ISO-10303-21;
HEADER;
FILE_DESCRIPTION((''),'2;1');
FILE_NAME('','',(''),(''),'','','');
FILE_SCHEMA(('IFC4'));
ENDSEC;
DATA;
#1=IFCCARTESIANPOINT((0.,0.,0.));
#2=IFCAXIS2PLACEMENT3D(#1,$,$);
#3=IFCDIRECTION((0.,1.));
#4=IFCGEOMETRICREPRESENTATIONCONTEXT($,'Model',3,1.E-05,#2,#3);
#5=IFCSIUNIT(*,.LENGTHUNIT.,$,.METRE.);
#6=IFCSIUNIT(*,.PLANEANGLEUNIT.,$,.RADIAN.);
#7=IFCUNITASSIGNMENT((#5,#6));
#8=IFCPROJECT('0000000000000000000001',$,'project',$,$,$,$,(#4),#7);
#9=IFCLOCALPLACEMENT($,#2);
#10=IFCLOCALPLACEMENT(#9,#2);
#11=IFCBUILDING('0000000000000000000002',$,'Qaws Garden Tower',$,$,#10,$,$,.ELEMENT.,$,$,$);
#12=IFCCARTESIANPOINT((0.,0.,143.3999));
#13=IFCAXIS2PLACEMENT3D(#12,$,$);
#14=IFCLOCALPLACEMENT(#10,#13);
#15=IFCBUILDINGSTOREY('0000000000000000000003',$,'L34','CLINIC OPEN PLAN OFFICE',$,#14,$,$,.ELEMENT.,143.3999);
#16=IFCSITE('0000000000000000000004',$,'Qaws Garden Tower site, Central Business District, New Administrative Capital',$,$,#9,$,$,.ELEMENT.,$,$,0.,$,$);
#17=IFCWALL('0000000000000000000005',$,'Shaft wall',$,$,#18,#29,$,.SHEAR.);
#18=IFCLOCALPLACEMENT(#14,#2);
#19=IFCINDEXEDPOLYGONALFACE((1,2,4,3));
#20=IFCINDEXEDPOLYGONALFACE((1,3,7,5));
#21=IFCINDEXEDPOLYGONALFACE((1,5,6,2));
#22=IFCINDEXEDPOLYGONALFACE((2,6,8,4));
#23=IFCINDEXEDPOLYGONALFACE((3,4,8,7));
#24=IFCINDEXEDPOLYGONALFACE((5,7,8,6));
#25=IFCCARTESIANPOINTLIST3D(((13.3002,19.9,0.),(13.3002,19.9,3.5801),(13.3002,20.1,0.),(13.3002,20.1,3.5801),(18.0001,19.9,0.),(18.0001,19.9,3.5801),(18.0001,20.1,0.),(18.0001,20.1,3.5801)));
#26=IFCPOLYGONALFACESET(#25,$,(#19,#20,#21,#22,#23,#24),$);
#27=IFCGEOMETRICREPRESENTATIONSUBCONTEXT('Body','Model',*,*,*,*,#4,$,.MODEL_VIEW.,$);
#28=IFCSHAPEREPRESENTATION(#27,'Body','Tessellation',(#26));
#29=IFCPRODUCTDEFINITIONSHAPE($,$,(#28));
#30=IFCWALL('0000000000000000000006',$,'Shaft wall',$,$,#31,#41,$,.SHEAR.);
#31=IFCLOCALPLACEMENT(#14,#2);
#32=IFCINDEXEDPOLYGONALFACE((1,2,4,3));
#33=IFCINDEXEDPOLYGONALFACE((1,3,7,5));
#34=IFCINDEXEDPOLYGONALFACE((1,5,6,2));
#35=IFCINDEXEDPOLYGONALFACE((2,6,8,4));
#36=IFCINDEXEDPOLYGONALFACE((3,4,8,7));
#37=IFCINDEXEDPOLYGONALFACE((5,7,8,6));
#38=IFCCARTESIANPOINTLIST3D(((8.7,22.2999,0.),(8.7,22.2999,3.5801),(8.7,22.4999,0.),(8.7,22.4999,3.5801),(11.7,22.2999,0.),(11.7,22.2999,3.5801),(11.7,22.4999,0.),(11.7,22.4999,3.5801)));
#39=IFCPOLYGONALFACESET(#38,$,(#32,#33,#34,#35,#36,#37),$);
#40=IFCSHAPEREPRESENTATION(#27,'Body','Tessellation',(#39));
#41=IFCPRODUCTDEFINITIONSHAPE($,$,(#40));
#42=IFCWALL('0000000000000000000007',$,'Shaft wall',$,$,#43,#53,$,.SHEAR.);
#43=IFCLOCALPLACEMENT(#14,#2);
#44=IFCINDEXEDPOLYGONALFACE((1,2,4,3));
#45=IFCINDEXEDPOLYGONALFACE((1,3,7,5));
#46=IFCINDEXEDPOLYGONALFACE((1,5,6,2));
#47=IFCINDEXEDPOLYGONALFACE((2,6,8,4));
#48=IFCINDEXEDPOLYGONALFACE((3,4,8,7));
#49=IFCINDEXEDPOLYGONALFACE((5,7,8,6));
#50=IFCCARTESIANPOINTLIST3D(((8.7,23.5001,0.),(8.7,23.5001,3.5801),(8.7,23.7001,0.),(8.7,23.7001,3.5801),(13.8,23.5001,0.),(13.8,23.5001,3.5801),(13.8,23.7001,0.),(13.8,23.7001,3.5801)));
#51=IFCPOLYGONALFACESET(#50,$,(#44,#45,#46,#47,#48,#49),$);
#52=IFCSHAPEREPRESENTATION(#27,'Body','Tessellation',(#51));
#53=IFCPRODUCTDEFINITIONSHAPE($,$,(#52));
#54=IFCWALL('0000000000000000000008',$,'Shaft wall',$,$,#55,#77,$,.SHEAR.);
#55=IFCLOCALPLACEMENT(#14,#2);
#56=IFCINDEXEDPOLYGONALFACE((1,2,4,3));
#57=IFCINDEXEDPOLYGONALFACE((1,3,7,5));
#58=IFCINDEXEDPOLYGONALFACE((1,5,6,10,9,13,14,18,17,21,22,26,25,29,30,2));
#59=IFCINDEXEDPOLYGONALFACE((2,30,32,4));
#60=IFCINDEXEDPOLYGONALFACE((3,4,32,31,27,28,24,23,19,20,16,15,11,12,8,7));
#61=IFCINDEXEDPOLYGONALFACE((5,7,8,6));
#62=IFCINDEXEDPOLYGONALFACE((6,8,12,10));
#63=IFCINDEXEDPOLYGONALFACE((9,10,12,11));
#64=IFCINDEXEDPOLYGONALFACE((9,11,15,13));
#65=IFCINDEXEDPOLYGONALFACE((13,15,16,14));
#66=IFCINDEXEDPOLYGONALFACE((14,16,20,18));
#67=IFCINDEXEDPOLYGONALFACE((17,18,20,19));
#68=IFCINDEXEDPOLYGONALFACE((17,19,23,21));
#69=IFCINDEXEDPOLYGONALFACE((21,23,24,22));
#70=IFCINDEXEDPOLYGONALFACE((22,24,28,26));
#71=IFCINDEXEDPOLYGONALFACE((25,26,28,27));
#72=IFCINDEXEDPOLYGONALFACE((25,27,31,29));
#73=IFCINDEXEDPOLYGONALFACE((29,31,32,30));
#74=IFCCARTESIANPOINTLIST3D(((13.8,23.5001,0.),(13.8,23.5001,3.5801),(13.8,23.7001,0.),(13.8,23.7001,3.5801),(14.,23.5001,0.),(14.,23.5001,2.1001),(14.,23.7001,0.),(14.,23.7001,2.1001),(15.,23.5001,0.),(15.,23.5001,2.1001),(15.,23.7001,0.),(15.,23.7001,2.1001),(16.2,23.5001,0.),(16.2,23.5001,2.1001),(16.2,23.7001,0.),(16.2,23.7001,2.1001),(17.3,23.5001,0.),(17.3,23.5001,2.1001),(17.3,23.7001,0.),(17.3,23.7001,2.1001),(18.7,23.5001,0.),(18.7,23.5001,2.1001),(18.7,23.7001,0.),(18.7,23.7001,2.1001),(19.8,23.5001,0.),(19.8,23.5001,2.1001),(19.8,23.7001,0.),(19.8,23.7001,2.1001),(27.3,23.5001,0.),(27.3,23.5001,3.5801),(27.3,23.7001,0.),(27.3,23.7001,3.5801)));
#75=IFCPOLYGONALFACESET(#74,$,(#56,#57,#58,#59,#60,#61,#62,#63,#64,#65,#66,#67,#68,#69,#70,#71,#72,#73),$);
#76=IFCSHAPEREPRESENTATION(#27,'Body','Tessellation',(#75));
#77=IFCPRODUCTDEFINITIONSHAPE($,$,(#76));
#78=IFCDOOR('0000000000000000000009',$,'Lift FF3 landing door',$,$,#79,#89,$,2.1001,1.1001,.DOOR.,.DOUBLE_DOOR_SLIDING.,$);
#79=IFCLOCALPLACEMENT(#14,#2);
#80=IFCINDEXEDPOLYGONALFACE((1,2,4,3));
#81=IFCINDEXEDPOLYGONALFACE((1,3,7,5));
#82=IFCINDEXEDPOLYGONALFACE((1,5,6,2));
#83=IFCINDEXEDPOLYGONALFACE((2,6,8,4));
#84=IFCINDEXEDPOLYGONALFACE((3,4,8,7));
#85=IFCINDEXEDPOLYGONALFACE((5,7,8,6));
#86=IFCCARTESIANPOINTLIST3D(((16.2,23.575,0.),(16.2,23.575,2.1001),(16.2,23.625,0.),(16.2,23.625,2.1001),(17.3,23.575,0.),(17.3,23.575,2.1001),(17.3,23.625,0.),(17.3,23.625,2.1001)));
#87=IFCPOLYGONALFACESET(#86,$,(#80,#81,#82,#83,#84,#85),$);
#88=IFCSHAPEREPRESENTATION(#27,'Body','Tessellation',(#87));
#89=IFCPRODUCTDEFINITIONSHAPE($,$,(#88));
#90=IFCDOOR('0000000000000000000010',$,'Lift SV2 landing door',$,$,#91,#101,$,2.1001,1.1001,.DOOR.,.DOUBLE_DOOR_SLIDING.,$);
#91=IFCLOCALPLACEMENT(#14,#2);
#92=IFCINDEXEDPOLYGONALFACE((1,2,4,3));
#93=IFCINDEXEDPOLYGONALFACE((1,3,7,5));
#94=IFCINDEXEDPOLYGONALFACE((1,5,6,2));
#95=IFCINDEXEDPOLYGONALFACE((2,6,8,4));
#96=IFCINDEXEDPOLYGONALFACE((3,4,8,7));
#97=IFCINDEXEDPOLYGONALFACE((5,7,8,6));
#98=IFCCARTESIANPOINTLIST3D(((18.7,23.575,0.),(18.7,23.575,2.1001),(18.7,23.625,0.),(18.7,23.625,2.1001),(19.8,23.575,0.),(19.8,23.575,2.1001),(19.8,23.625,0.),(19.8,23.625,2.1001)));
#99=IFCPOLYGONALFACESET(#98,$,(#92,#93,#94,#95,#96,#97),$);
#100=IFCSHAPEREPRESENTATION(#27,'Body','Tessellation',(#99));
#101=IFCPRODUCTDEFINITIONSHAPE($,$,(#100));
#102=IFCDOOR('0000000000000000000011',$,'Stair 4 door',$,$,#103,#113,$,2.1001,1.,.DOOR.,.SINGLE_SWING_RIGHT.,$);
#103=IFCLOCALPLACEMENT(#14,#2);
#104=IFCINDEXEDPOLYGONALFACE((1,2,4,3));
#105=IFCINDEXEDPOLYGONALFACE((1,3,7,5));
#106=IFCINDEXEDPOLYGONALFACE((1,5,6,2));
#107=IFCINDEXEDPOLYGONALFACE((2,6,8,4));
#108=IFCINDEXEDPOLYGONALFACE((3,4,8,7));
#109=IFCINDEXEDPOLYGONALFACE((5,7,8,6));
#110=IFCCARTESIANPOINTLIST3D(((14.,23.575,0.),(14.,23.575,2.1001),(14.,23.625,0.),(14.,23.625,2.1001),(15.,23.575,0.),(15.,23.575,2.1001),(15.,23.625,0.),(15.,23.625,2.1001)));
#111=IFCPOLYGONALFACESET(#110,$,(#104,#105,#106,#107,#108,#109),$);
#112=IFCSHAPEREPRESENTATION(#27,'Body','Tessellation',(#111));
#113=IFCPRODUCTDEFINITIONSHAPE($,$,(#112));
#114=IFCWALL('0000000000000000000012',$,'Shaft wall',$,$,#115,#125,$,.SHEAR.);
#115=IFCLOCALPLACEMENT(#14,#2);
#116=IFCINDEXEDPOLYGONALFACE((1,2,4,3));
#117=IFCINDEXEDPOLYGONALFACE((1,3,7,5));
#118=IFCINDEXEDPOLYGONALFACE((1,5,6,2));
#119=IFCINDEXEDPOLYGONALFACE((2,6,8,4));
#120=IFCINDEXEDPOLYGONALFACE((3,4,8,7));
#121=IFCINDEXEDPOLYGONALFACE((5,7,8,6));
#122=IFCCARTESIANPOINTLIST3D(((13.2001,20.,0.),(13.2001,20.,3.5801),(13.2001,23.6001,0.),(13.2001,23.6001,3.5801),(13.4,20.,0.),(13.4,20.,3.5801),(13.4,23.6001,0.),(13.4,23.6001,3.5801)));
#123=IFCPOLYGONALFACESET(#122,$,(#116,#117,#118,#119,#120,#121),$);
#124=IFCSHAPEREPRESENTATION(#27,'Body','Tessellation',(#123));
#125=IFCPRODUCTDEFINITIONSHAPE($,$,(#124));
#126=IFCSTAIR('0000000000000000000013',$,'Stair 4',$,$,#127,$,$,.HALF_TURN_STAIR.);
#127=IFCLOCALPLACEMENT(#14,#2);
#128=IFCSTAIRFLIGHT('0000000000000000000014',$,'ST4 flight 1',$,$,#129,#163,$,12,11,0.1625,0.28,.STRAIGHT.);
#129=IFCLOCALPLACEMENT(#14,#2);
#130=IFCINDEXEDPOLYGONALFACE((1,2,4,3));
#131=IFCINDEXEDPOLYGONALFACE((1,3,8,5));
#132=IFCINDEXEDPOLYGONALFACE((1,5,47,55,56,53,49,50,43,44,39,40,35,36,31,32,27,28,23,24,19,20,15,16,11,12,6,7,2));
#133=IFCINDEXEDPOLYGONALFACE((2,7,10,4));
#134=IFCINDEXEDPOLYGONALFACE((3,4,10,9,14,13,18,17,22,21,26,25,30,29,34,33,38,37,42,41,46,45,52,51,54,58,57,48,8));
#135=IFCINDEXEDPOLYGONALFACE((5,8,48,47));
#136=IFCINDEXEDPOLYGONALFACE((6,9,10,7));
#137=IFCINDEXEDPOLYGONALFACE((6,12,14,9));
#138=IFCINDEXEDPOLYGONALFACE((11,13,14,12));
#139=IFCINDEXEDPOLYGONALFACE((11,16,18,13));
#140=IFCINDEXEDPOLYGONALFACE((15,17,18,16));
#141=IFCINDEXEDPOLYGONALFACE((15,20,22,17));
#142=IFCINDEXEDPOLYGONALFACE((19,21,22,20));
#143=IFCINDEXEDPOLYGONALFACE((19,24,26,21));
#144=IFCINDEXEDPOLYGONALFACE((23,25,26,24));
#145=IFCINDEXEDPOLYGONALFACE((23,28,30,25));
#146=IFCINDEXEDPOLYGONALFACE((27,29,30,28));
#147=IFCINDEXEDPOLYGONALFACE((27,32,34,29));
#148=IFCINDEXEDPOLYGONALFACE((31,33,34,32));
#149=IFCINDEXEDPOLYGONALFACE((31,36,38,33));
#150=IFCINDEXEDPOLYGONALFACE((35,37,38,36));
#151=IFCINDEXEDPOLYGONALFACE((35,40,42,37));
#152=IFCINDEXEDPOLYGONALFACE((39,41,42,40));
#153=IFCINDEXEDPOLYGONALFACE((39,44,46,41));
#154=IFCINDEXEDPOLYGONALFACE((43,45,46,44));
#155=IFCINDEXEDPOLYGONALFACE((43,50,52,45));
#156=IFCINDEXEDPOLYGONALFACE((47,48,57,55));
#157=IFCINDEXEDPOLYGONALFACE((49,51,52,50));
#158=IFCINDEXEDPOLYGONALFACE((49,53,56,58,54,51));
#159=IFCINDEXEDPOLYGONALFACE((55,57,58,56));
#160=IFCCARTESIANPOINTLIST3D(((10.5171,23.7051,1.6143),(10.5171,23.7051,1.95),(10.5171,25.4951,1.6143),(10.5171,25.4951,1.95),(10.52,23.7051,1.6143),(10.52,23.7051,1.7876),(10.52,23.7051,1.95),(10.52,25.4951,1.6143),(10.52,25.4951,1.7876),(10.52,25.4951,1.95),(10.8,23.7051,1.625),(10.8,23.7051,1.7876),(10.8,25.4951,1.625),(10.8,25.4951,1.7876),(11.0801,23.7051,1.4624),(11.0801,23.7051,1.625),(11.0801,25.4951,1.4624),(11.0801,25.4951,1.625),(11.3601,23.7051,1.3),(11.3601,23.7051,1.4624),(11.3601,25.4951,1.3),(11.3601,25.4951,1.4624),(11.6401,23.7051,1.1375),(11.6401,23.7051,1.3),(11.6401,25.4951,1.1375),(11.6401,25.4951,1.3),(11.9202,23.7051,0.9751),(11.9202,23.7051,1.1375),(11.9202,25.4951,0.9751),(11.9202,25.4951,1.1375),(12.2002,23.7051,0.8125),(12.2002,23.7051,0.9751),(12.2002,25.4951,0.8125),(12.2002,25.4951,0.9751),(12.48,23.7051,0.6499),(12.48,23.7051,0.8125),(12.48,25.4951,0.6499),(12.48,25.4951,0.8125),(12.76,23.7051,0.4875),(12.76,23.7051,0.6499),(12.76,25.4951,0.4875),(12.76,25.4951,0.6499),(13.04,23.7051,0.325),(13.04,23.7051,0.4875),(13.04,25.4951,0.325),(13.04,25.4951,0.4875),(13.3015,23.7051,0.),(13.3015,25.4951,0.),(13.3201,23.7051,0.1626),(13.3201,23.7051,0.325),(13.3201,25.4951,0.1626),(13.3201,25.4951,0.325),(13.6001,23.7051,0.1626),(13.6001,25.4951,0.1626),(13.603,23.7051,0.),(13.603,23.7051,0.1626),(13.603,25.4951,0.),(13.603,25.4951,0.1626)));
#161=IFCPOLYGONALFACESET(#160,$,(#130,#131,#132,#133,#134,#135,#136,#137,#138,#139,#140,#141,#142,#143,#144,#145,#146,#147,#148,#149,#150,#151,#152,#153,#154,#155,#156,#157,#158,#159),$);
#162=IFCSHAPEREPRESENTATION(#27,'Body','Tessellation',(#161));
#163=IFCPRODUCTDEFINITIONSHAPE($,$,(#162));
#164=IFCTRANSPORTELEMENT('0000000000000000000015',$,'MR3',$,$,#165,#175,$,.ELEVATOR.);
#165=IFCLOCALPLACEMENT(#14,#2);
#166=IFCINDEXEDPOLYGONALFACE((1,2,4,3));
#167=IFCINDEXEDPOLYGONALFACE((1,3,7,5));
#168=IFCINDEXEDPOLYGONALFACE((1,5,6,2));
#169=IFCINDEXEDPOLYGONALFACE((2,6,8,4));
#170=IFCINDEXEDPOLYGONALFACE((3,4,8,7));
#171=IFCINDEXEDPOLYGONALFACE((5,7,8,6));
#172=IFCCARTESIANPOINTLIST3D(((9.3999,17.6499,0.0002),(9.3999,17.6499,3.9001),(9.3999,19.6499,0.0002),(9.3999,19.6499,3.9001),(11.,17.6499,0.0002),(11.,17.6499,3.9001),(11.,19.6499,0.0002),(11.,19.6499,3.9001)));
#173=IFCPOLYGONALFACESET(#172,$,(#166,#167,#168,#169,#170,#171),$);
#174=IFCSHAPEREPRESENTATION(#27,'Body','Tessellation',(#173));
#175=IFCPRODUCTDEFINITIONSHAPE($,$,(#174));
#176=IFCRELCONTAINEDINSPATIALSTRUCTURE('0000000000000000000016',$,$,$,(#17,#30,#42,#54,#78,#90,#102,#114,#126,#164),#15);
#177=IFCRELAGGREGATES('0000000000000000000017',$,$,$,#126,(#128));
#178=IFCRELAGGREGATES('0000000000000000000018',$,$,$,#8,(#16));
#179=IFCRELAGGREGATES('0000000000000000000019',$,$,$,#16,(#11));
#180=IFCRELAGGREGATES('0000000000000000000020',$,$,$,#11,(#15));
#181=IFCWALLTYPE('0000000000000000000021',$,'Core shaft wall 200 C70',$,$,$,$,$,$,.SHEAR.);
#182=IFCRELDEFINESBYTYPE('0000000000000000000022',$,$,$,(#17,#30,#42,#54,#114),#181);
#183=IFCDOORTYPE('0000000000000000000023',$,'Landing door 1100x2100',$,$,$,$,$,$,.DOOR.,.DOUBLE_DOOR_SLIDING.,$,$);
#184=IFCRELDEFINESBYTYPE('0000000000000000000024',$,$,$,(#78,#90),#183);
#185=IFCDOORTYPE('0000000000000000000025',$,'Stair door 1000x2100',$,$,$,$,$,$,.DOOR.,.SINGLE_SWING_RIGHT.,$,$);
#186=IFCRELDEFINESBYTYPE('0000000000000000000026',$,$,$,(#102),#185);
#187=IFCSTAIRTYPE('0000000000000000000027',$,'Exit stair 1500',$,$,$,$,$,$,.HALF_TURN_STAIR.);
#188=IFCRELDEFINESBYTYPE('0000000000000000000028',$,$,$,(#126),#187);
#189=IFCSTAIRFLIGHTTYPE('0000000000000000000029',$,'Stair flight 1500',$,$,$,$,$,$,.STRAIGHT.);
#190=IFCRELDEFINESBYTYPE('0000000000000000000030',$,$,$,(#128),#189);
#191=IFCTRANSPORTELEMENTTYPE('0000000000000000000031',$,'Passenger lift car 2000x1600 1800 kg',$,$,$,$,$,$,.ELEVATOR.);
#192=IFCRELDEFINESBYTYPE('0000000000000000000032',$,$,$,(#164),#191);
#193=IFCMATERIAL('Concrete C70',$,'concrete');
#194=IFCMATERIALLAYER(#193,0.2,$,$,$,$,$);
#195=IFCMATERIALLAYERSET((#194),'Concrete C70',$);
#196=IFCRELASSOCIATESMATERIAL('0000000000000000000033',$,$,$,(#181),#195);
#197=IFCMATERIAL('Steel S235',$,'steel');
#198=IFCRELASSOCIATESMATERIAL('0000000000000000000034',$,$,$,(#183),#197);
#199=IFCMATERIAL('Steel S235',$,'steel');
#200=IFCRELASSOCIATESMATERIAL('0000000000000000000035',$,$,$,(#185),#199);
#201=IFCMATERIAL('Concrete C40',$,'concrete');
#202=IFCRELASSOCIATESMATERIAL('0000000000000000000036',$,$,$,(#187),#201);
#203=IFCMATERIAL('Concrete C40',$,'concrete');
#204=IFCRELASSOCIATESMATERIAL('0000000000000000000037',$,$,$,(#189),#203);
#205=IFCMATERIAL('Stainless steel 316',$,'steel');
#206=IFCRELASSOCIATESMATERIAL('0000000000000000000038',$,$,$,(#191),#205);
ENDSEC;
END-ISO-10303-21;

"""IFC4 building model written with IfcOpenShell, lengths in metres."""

from ifc_helpers import new_model, si_unit, direction, frame, frame_2d, origin, origin_2d, place, context, subcontext, project, spatial, polyline, rectangle, outline, extrude, material, layer, layer_set, type_object, element, fill, aggregate, save


model = new_model("IFC4")

# Units and contexts
model_context = context("Model", 3, precision=1e-05, world=origin(), true_north=direction((0.0, 1.0)))
body_context = subcontext(model_context, "Body", "Model", "MODEL_VIEW")
ifc_project = project(units=[si_unit("LENGTHUNIT", "METRE"), si_unit("PLANEANGLEUNIT", "RADIAN")], contexts=[model_context])

# Site, building, storey
site_placement = place(None, origin())
site = spatial("IfcSite", under=ifc_project, at=site_placement, Name="Qaws Garden Tower site, Central Business District, New Administrative Capital", CompositionType="ELEMENT", RefElevation=0.0)
building_placement = place(site_placement, origin())
building = spatial("IfcBuilding", under=site, at=building_placement, Name="Qaws Garden Tower", CompositionType="ELEMENT")
storey_placement = place(building_placement, frame((0.0, 0.0, 143.3999)))
storey = spatial("IfcBuildingStorey", under=building, at=storey_placement, Name="L34", Description="CLINIC OPEN PLAN OFFICE", CompositionType="ELEMENT", Elevation=143.3999)

# Walls
ifc_material_1 = material(Name="Concrete C70", Category="concrete")
ifc_layer_1 = layer(ifc_material_1, 0.2)
ifc_layer_set_1 = layer_set([ifc_layer_1], Name="Concrete C70")
wall_type_1 = type_object("IfcWallType", Name="Core shaft wall 200 C70", PredefinedType="SHEAR", material=ifc_layer_set_1)
wall_1_placement = place(storey_placement, frame((13.3, 20.0, 0.0), z_axis=(0.0, 0.0, 1.0), x_axis=(1.0, 0.0, 0.0)))
element("IfcWall", 1, at=wall_1_placement, inside=storey, type_object=wall_type_1, Name="Shaft wall", PredefinedType="SHEAR", context=body_context, shape_type="SweptSolid", body=[
    extrude(rectangle(XDim=4.7, YDim=0.2, at=frame_2d((2.3501, 0.0))), origin(), (0.0, 0.0, 1.0), 3.5801),
])
wall_2_placement = place(storey_placement, frame((8.7, 22.3999, 0.0), z_axis=(0.0, 0.0, 1.0), x_axis=(1.0, 0.0, 0.0)))
element("IfcWall", 2, at=wall_2_placement, inside=storey, type_object=wall_type_1, Name="Shaft wall", PredefinedType="SHEAR", context=body_context, shape_type="SweptSolid", body=[
    extrude(rectangle(XDim=3.0, YDim=0.2, at=frame_2d((1.5, 0.0))), origin(), (0.0, 0.0, 1.0), 3.5801),
])
wall_3_placement = place(storey_placement, frame((8.7, 23.6001, 0.0), z_axis=(0.0, 0.0, 1.0), x_axis=(1.0, 0.0, 0.0)))
element("IfcWall", 3, at=wall_3_placement, inside=storey, type_object=wall_type_1, Name="Shaft wall", PredefinedType="SHEAR", context=body_context, shape_type="SweptSolid", body=[
    extrude(rectangle(XDim=5.1001, YDim=0.2, at=frame_2d((2.55, 0.0))), origin(), (0.0, 0.0, 1.0), 3.5801),
])

# Wall, openings, doors
wall_4_placement = place(storey_placement, frame((13.8, 23.6001, 0.0), z_axis=(0.0, 0.0, 1.0), x_axis=(1.0, 0.0, 0.0)))
wall_4 = element("IfcWall", 4, at=wall_4_placement, inside=storey, type_object=wall_type_1, Name="Shaft wall", PredefinedType="SHEAR", context=body_context, shape_type="SweptSolid", body=[
    extrude(rectangle(XDim=13.5, YDim=0.2, at=frame_2d((6.75, 0.0))), origin(), (0.0, 0.0, 1.0), 3.5801),
])
opening_1_placement = place(wall_4_placement, frame((2.3999, 0.0, 0.0)))
opening_1 = element("IfcOpeningElement", 5, at=opening_1_placement, cuts=wall_4, PredefinedType="OPENING", context=body_context, shape_type="SweptSolid", body=[
    extrude(rectangle(XDim=1.1001, YDim=2.1001, at=frame_2d((0.55, 1.05))), frame((0.0, 0.1099, 0.0), z_axis=(0.0, -1.0, 0.0), x_axis=(1.0, 0.0, 0.0)), (0.0, 0.0, 1.0), 0.22),
])
opening_2_placement = place(wall_4_placement, frame((4.8999, 0.0, 0.0)))
opening_2 = element("IfcOpeningElement", 6, at=opening_2_placement, cuts=wall_4, PredefinedType="OPENING", context=body_context, shape_type="SweptSolid", body=[
    extrude(rectangle(XDim=1.1001, YDim=2.1001, at=frame_2d((0.55, 1.05))), frame((0.0, 0.1099, 0.0), z_axis=(0.0, -1.0, 0.0), x_axis=(1.0, 0.0, 0.0)), (0.0, 0.0, 1.0), 0.22),
])
opening_3_placement = place(wall_4_placement, frame((0.2, 0.0, 0.0)))
opening_3 = element("IfcOpeningElement", 7, at=opening_3_placement, cuts=wall_4, PredefinedType="OPENING", context=body_context, shape_type="SweptSolid", body=[
    extrude(rectangle(XDim=1.0, YDim=2.1001, at=frame_2d((0.5, 1.05))), frame((0.0, 0.1099, 0.0), z_axis=(0.0, -1.0, 0.0), x_axis=(1.0, 0.0, 0.0)), (0.0, 0.0, 1.0), 0.22),
])
ifc_material_2 = material(Name="Steel S235", Category="steel")
door_type_1 = type_object("IfcDoorType", Name="Landing door 1100x2100", OperationType="DOUBLE_DOOR_SLIDING", PredefinedType="DOOR", material=ifc_material_2)
door_1_placement = place(opening_1_placement, origin())
door_1 = element("IfcDoor", 8, at=door_1_placement, inside=storey, type_object=door_type_1, Name="Lift FF3 landing door", OperationType="DOUBLE_DOOR_SLIDING", OverallHeight=2.1001, OverallWidth=1.1001, PredefinedType="DOOR", context=body_context, shape_type="SweptSolid", body=[
    extrude(rectangle(XDim=1.1001, YDim=2.1001, at=frame_2d((0.55, 1.05))), frame((0.0, 0.0249, 0.0), z_axis=(0.0, -1.0, 0.0), x_axis=(1.0, 0.0, 0.0)), (0.0, 0.0, 1.0), 0.05),
])
fill(opening_1, door_1)
door_2_placement = place(opening_2_placement, origin())
door_2 = element("IfcDoor", 9, at=door_2_placement, inside=storey, type_object=door_type_1, Name="Lift SV2 landing door", OperationType="DOUBLE_DOOR_SLIDING", OverallHeight=2.1001, OverallWidth=1.1001, PredefinedType="DOOR", context=body_context, shape_type="SweptSolid", body=[
    extrude(rectangle(XDim=1.1001, YDim=2.1001, at=frame_2d((0.55, 1.05))), frame((0.0, 0.0249, 0.0), z_axis=(0.0, -1.0, 0.0), x_axis=(1.0, 0.0, 0.0)), (0.0, 0.0, 1.0), 0.05),
])
fill(opening_2, door_2)
ifc_material_3 = material(Name="Steel S235", Category="steel")
door_type_2 = type_object("IfcDoorType", Name="Stair door 1000x2100", OperationType="SINGLE_SWING_RIGHT", PredefinedType="DOOR", material=ifc_material_3)
door_3_placement = place(opening_3_placement, origin())
door_3 = element("IfcDoor", 10, at=door_3_placement, inside=storey, type_object=door_type_2, Name="Stair 4 door", OperationType="SINGLE_SWING_RIGHT", OverallHeight=2.1001, OverallWidth=1.0, PredefinedType="DOOR", context=body_context, shape_type="SweptSolid", body=[
    extrude(rectangle(XDim=1.0, YDim=2.1001, at=frame_2d((0.5, 1.05))), frame((0.0, 0.0249, 0.0), z_axis=(0.0, -1.0, 0.0), x_axis=(1.0, 0.0, 0.0)), (0.0, 0.0, 1.0), 0.05),
])
fill(opening_3, door_3)

# Wall
wall_5_placement = place(storey_placement, frame((13.3, 20.0, 0.0), z_axis=(0.0, 0.0, 1.0), x_axis=(0.0, 1.0, 0.0)))
element("IfcWall", 11, at=wall_5_placement, inside=storey, type_object=wall_type_1, Name="Shaft wall", PredefinedType="SHEAR", context=body_context, shape_type="SweptSolid", body=[
    extrude(rectangle(XDim=3.6001, YDim=0.2, at=frame_2d((1.8, 0.0))), origin(), (0.0, 0.0, 1.0), 3.5801),
])

# Stair, stair flight
ifc_material_4 = material(Name="Concrete C40", Category="concrete")
stair_type = type_object("IfcStairType", Name="Exit stair 1500", PredefinedType="HALF_TURN_STAIR", material=ifc_material_4)
stair_placement = place(storey_placement, origin())
stair = element("IfcStair", 12, at=stair_placement, inside=storey, type_object=stair_type, Name="Stair 4", PredefinedType="HALF_TURN_STAIR")
ifc_material_5 = material(Name="Concrete C40", Category="concrete")
stair_flight_type = type_object("IfcStairFlightType", Name="Stair flight 1500", PredefinedType="STRAIGHT", material=ifc_material_5)
stair_flight_placement = place(storey_placement, frame((13.6001, 24.6001, 0.0), z_axis=(0.0, 0.0, 1.0), x_axis=(-1.0, 0.0, 0.0)))
stair_flight = element("IfcStairFlight", 13, at=stair_flight_placement, type_object=stair_flight_type, Name="ST4 flight 1", NumberOfRisers=12, NumberOfTreads=11, PredefinedType="STRAIGHT", RiserHeight=0.1625, TreadLength=0.28, context=body_context, shape_type="SweptSolid", body=[
    extrude(outline(polyline([(-0.0029, 0.0), (-0.0029, 0.1626), (0.0, 0.1626), (0.28, 0.1626), (0.28, 0.325), (0.5601, 0.325), (0.5601, 0.4875), (0.8401, 0.4875), (0.8401, 0.6499), (1.1201, 0.6499), (1.1201, 0.8125), (1.3999, 0.8125), (1.3999, 0.9751), (1.6799, 0.9751), (1.6799, 1.1375), (1.96, 1.1375), (1.96, 1.3), (2.24, 1.3), (2.24, 1.4624), (2.52, 1.4624), (2.52, 1.625), (2.8, 1.625), (2.8, 1.7876), (3.0801, 1.7876), (3.0801, 1.95), (3.083, 1.95), (3.083, 1.6143), (3.0801, 1.6143), (0.2986, 0.0), (-0.0029, 0.0)])), frame((0.0, 0.895, 0.0), z_axis=(0.0, -1.0, 0.0), x_axis=(1.0, 0.0, 0.0)), (0.0, 0.0, 1.0), 1.79),
])
aggregate(stair, [stair_flight])

# Transport element
ifc_material_6 = material(Name="Stainless steel 316", Category="steel")
transport_element_type = type_object("IfcTransportElementType", Name="Passenger lift car 2000x1600 1800 kg", PredefinedType="ELEVATOR", material=ifc_material_6)
for number, where, z_axis, x_axis, name in (
    (14, (10.2, 18.6499, 0.0002), (0.0, 0.0, 1.0), (1.0, 0.0, 0.0), "MR3"),
):
    element("IfcTransportElement", number, at=place(storey_placement, frame(where, z_axis=z_axis, x_axis=x_axis)), inside=storey, type_object=transport_element_type, Name=name, PredefinedType="ELEVATOR", context=body_context, shape_type="SweptSolid", body=[
        extrude(rectangle(XDim=1.6001, YDim=2.0, at=origin_2d()), origin(), (0.0, 0.0, 1.0), 3.8999),
    ])

save(model, "model.ifc")
